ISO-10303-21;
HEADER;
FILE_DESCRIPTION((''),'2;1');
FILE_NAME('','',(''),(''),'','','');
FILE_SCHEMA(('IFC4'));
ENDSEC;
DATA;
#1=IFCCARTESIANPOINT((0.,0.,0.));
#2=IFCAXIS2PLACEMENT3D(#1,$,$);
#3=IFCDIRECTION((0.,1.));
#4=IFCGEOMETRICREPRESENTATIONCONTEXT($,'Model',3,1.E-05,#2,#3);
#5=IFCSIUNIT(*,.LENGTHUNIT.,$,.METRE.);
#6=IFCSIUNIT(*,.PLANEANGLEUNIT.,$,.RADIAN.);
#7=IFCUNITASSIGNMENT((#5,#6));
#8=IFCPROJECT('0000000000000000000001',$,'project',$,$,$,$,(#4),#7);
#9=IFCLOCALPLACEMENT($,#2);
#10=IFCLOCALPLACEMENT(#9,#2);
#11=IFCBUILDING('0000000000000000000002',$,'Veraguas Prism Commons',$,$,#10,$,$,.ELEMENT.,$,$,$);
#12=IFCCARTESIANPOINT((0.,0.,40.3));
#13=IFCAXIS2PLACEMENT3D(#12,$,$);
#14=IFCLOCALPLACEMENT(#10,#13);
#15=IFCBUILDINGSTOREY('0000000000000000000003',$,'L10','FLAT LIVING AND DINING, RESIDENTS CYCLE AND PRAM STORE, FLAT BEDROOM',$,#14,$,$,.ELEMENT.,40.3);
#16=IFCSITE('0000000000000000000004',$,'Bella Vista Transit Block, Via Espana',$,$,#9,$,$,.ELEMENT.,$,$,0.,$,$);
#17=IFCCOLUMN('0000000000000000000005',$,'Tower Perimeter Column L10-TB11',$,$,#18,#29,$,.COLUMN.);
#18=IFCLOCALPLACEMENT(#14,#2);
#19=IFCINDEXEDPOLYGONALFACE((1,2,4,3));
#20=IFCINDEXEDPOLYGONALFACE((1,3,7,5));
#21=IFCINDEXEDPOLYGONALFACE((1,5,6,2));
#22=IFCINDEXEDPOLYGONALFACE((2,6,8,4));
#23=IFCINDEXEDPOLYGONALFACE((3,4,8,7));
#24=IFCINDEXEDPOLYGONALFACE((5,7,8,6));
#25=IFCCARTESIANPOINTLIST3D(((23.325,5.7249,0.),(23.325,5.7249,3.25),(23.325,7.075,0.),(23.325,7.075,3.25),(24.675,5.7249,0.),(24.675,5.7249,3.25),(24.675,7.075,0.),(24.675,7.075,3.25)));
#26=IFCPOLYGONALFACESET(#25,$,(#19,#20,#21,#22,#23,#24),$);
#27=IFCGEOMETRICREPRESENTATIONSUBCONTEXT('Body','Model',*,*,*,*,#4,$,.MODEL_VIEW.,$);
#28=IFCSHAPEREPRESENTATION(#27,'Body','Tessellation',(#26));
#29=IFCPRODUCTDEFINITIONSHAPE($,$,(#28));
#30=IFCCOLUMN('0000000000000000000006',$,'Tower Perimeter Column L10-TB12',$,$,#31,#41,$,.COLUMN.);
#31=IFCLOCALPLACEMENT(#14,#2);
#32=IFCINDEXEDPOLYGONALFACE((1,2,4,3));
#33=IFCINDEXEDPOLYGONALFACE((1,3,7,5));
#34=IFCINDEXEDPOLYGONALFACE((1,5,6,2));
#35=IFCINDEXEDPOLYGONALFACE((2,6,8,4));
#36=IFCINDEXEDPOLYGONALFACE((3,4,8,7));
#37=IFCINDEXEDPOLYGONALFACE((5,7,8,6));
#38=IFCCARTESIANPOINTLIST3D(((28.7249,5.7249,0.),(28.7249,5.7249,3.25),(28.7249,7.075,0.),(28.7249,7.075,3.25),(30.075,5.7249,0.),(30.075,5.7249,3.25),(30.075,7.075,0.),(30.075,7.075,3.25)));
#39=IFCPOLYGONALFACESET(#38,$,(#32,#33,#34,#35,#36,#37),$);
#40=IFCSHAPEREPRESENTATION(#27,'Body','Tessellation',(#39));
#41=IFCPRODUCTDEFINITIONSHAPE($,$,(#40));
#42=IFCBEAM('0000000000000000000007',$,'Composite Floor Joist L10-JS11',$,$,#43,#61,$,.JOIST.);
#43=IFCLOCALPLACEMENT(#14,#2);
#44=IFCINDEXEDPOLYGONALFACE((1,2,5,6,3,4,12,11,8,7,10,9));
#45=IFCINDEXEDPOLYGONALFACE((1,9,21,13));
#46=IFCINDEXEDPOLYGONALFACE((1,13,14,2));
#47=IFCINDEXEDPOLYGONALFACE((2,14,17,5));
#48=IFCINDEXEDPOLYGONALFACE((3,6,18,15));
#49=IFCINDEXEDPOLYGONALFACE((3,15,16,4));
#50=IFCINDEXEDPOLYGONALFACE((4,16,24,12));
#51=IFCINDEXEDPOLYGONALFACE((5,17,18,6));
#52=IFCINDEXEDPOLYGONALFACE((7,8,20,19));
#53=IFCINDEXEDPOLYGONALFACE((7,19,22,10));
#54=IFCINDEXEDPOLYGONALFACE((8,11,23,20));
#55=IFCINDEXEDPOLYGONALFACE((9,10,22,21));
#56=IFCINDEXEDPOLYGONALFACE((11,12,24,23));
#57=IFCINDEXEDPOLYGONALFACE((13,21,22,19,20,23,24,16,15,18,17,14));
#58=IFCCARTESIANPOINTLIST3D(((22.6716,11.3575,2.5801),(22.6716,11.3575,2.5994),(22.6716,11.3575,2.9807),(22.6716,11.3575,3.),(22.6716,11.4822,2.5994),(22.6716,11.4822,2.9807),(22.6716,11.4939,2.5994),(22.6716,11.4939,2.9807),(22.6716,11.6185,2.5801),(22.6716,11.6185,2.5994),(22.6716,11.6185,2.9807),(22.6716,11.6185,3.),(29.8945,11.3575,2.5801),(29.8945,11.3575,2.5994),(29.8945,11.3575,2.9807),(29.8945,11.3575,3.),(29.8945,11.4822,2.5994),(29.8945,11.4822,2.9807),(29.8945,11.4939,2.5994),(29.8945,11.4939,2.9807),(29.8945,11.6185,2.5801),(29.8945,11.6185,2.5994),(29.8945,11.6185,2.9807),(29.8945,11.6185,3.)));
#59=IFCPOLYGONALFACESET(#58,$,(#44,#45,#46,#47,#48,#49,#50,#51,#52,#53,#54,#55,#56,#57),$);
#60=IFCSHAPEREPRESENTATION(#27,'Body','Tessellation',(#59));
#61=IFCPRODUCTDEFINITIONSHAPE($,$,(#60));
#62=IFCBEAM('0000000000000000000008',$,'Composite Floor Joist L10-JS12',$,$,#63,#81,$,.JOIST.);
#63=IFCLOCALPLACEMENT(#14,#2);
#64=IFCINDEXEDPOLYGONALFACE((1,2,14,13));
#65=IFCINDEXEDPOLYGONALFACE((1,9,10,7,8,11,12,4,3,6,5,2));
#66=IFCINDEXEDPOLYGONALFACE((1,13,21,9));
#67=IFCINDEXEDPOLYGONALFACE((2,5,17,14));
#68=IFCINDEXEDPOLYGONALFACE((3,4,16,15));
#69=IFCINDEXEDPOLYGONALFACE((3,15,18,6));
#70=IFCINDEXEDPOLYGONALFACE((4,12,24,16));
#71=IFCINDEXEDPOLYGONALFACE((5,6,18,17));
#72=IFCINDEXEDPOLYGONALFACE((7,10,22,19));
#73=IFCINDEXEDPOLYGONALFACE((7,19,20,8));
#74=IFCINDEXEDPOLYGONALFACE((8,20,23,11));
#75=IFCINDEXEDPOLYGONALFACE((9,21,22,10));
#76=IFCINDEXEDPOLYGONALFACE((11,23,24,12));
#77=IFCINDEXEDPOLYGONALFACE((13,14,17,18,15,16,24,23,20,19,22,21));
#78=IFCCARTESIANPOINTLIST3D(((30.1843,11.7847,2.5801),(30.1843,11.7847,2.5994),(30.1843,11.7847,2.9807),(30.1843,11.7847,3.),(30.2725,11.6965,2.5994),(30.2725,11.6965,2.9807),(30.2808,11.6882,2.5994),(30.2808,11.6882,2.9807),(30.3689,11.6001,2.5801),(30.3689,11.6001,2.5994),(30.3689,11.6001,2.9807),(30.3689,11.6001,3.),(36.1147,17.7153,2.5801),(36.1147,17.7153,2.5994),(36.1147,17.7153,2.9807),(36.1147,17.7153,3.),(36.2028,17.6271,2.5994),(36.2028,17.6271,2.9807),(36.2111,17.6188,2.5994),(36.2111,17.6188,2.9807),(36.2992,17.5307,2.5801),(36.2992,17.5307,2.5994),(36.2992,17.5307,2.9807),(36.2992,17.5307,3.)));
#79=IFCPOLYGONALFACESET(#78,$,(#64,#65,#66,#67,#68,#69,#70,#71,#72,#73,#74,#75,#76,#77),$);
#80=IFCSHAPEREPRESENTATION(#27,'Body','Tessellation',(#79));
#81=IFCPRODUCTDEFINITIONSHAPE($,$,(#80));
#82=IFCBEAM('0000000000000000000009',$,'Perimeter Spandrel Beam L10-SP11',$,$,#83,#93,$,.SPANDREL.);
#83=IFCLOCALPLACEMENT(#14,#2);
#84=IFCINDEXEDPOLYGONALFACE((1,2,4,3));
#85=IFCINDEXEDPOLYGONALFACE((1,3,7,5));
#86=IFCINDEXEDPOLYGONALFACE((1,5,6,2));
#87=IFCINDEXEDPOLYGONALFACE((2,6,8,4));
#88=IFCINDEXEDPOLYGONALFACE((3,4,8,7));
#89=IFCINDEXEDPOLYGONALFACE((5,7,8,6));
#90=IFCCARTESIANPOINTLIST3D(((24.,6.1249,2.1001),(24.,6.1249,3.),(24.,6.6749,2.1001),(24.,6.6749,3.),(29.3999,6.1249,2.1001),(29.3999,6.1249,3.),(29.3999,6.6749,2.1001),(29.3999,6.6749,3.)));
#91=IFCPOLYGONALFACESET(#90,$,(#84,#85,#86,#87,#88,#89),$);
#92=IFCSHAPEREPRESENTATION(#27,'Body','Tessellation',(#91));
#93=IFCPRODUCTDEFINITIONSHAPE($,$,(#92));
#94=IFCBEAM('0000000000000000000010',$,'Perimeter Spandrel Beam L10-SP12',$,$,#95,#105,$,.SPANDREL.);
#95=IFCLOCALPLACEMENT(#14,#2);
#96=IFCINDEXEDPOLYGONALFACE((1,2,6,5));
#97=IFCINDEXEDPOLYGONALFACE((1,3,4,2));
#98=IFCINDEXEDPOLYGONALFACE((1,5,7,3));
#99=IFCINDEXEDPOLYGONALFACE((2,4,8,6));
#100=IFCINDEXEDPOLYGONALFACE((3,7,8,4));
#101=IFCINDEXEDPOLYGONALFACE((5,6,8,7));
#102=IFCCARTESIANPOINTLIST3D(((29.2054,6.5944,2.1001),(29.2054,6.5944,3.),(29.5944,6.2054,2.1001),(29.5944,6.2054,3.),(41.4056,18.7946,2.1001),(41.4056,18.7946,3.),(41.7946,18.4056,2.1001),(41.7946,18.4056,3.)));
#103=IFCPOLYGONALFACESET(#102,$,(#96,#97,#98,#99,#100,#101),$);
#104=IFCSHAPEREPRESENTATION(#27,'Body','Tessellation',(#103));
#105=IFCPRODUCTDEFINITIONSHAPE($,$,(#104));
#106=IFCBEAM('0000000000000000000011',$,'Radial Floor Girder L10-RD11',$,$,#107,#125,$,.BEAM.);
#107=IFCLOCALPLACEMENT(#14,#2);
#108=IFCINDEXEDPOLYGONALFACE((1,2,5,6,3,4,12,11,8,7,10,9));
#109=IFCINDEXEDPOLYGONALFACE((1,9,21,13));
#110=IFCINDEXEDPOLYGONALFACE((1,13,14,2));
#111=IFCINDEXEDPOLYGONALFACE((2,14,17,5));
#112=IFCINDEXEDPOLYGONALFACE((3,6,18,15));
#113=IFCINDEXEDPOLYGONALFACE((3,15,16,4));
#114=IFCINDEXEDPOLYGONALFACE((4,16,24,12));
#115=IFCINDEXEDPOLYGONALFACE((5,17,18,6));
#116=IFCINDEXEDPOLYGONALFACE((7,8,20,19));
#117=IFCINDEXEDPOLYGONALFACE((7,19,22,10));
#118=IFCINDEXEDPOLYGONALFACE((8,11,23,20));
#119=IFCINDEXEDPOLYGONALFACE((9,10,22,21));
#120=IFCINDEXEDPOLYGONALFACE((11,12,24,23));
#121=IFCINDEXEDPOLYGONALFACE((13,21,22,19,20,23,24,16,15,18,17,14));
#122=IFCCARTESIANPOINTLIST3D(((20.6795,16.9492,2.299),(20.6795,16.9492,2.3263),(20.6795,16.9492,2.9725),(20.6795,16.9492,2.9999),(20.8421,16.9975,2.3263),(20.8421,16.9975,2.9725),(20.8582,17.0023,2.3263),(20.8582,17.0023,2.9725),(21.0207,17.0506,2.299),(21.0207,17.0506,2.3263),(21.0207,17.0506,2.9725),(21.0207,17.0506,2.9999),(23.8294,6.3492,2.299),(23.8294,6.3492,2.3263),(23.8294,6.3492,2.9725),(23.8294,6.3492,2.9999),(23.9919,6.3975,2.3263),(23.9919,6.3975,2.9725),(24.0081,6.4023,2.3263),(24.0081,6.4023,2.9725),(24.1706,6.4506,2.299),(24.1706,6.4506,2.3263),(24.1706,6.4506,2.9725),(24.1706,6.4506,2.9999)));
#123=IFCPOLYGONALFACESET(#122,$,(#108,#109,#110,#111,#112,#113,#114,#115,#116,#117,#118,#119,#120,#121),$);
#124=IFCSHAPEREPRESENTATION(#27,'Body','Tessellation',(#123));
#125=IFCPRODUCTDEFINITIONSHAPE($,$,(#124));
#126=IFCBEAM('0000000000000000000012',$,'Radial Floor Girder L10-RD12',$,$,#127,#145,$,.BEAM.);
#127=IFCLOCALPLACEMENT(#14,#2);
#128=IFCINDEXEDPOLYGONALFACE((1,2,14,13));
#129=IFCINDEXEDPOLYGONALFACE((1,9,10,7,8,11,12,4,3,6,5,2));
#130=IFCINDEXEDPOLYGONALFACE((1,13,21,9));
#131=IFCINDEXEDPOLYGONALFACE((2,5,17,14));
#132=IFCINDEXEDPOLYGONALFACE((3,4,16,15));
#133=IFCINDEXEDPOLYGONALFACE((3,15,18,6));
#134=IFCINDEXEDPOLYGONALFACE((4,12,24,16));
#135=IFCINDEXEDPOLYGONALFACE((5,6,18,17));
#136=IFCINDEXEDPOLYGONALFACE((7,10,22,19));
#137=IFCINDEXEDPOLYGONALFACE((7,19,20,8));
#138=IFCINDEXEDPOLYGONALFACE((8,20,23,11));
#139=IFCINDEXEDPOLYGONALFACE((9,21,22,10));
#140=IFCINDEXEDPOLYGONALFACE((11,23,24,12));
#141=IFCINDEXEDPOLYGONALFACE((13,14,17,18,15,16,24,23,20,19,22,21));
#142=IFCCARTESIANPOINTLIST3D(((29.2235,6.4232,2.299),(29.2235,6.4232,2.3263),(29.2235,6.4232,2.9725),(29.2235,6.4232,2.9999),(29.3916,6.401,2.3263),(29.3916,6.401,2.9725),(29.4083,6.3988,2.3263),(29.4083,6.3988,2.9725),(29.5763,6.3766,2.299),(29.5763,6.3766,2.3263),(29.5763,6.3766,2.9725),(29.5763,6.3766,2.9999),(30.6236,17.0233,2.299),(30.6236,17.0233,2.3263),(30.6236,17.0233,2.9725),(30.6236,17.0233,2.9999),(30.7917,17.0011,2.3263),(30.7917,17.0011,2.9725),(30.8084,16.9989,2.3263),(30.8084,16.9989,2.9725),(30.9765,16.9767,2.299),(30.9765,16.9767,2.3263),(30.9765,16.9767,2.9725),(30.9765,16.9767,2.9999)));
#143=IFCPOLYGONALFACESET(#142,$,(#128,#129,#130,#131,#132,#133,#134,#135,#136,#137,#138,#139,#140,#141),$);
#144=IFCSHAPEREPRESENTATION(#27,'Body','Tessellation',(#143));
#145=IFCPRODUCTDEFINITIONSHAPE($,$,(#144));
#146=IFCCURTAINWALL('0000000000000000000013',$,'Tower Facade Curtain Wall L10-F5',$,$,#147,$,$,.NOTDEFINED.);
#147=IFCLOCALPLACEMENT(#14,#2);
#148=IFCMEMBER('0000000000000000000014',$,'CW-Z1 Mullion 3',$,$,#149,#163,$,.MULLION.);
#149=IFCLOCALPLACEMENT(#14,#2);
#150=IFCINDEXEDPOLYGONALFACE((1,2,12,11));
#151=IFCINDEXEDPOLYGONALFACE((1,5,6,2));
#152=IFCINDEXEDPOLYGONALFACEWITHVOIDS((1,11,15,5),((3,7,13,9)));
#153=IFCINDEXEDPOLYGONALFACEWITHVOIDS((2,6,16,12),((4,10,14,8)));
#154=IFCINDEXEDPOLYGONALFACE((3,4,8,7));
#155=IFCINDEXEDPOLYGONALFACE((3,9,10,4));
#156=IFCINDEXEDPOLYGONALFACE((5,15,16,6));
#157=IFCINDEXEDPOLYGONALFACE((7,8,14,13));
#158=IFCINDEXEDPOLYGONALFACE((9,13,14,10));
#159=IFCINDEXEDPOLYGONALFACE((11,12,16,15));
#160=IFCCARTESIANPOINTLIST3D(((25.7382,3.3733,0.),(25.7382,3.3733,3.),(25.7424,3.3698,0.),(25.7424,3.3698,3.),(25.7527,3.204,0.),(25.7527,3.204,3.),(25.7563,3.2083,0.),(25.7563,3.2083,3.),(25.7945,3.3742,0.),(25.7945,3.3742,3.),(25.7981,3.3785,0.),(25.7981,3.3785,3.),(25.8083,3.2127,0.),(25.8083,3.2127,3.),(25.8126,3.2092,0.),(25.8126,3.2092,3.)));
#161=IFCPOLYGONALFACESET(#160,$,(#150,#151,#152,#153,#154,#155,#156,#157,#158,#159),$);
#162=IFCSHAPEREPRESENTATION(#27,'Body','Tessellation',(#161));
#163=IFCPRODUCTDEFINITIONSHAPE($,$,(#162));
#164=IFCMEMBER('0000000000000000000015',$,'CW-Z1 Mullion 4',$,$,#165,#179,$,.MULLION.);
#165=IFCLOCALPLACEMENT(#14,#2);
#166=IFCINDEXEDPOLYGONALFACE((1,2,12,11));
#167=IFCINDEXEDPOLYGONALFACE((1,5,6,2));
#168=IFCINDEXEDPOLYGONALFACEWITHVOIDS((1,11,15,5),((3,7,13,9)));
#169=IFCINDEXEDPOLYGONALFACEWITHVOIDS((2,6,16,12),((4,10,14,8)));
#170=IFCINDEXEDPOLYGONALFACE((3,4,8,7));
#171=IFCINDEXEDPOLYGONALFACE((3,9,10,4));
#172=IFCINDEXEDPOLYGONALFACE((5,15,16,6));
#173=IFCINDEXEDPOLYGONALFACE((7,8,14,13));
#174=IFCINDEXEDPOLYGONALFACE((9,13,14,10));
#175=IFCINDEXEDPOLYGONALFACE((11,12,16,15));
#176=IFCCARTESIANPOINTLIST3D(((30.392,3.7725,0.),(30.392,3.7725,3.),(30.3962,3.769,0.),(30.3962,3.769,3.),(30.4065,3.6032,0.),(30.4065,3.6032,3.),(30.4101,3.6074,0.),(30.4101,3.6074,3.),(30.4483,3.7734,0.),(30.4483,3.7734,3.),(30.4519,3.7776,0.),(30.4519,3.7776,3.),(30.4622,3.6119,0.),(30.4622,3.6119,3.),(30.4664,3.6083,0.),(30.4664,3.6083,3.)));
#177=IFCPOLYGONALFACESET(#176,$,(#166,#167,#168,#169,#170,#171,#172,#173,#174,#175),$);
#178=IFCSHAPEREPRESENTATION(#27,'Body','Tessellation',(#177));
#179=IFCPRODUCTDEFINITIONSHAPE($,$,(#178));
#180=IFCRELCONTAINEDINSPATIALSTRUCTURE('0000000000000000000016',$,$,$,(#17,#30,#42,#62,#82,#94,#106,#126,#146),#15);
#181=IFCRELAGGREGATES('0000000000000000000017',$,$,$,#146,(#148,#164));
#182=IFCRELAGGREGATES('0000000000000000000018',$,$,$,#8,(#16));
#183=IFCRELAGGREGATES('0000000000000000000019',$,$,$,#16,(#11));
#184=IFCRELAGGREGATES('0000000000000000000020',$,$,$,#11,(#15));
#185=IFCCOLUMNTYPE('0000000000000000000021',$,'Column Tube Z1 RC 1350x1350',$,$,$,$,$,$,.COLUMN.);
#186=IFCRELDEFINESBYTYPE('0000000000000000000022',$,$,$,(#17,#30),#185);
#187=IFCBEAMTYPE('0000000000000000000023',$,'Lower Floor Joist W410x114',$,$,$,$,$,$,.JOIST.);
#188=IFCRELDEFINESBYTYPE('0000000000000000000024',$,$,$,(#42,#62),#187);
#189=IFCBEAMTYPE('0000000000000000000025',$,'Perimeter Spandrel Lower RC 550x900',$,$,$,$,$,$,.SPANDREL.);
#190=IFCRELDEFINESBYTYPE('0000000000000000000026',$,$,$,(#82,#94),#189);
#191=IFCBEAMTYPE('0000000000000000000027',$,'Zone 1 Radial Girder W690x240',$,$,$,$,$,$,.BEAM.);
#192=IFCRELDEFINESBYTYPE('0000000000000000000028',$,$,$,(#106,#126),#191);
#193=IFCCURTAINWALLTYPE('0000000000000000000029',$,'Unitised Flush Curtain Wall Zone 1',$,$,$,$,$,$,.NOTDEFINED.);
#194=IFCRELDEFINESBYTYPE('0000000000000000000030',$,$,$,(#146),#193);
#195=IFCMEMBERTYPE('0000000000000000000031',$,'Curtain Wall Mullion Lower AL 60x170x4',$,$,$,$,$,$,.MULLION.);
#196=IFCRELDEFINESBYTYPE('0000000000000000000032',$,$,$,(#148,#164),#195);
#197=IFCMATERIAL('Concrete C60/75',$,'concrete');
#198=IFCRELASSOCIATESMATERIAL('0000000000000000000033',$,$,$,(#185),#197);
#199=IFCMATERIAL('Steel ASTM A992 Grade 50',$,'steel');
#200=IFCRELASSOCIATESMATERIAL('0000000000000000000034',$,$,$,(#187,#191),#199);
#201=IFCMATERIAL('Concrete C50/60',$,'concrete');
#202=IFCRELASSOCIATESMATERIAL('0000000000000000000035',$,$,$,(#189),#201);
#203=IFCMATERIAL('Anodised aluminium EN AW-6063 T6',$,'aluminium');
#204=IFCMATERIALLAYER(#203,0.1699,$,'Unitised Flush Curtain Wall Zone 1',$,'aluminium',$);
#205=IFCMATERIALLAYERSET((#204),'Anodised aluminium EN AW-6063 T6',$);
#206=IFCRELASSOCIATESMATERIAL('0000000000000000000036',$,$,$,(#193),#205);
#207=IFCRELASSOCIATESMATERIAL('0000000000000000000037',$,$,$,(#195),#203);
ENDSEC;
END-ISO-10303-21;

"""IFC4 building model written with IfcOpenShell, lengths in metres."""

from ifc_helpers import new_model, si_unit, direction, frame, origin, origin_2d, place, context, subcontext, project, spatial, rectangle, hollow_rectangle, i_section, extrude, source, transform, mapped, material, layer, layer_set, material_profile, profile_set, type_object, element, aggregate, save


model = new_model("IFC4")

# Units and contexts
model_context = context("Model", 3, precision=1e-05, world=origin(), true_north=direction((0.0, 1.0)))
body_context = subcontext(model_context, "Body", "Model", "MODEL_VIEW")
ifc_project = project(units=[si_unit("LENGTHUNIT", "METRE"), si_unit("PLANEANGLEUNIT", "RADIAN")], contexts=[model_context])

# Site, building, storey
site_placement = place(None, origin())
site = spatial("IfcSite", under=ifc_project, at=site_placement, Name="Bella Vista Transit Block, Via Espana", CompositionType="ELEMENT", RefElevation=0.0)
building_placement = place(site_placement, origin())
building = spatial("IfcBuilding", under=site, at=building_placement, Name="Veraguas Prism Commons", CompositionType="ELEMENT")
storey_placement = place(building_placement, frame((0.0, 0.0, 40.3)))
storey = spatial("IfcBuildingStorey", under=building, at=storey_placement, Name="L10", Description="FLAT LIVING AND DINING, RESIDENTS CYCLE AND PRAM STORE, FLAT BEDROOM", CompositionType="ELEMENT", Elevation=40.3)

# Columns
ifc_material_1 = material(Name="Concrete C60/75", Category="concrete")
ifc_material_profile_1 = material_profile(ifc_material_1, rectangle(XDim=1.3501, YDim=1.3501, at=origin_2d()), Name="RC1350X1350")
ifc_profile_set_1 = profile_set([ifc_material_profile_1], Name="Concrete C60/75")
column_type = type_object("IfcColumnType", Name="Column Tube Z1 RC 1350x1350", PredefinedType="COLUMN", material=ifc_profile_set_1)
for number, where, z_axis, x_axis, name in (
    (1, (24.0, 6.3999, 0.0), (0.0, 0.0, 1.0), (1.0, 0.0, 0.0), "Tower Perimeter Column L10-TB11"),
    (2, (29.3999, 6.3999, 0.0), (0.0, 0.0, 1.0), (1.0, 0.0, 0.0), "Tower Perimeter Column L10-TB12"),
):
    element("IfcColumn", number, at=place(storey_placement, frame(where, z_axis=z_axis, x_axis=x_axis)), inside=storey, type_object=column_type, Name=name, PredefinedType="COLUMN", context=body_context, shape_type="SweptSolid", body=[
        extrude(rectangle(XDim=1.3501, YDim=1.3501, at=origin_2d()), origin(), (0.0, 0.0, 1.0), 3.25),
    ])

# Beams
ifc_material_2 = material(Name="Steel ASTM A992 Grade 50", Category="steel")
ifc_material_profile_2 = material_profile(ifc_material_2, i_section(OverallWidth=0.261, OverallDepth=0.4199, WebThickness=0.0117, FlangeThickness=0.0193, at=origin_2d()), Name="W410X114")
ifc_profile_set_2 = profile_set([ifc_material_profile_2], Name="Steel ASTM A992 Grade 50")
beam_type_1 = type_object("IfcBeamType", Name="Lower Floor Joist W410x114", PredefinedType="JOIST", material=ifc_profile_set_2)
beam_1_placement = place(storey_placement, frame((22.6716, 11.488, 2.79), z_axis=(1.0, 0.0, 0.0), x_axis=(0.0, 1.0, 0.0)))
element("IfcBeam", 3, at=beam_1_placement, inside=storey, type_object=beam_type_1, Name="Composite Floor Joist L10-JS11", PredefinedType="JOIST", context=body_context, shape_type="SweptSolid", body=[
    extrude(i_section(OverallWidth=0.261, OverallDepth=0.4199, WebThickness=0.0117, FlangeThickness=0.0193, at=origin_2d()), origin(), (0.0, 0.0, 1.0), 7.2229),
])
beam_2_placement = place(storey_placement, frame((30.2766, 11.6924, 2.79), z_axis=(0.707092, 0.707121, 0.0), x_axis=(-0.707121, 0.707092, 0.0)))
element("IfcBeam", 4, at=beam_2_placement, inside=storey, type_object=beam_type_1, Name="Composite Floor Joist L10-JS12", PredefinedType="JOIST", context=body_context, shape_type="SweptSolid", body=[
    extrude(i_section(OverallWidth=0.261, OverallDepth=0.4199, WebThickness=0.0117, FlangeThickness=0.0193, at=origin_2d()), origin(), (0.0, 0.0, 1.0), 8.387),
])
ifc_material_3 = material(Name="Concrete C50/60", Category="concrete")
ifc_material_profile_3 = material_profile(ifc_material_3, rectangle(XDim=0.55, YDim=0.8999, at=origin_2d()), Name="RC550X900")
ifc_profile_set_3 = profile_set([ifc_material_profile_3], Name="Concrete C50/60")
beam_type_2 = type_object("IfcBeamType", Name="Perimeter Spandrel Lower RC 550x900", PredefinedType="SPANDREL", material=ifc_profile_set_3)
beam_3_placement = place(storey_placement, frame((24.0, 6.3999, 2.55), z_axis=(1.0, 0.0, 0.0), x_axis=(0.0, 1.0, 0.0)))
element("IfcBeam", 5, at=beam_3_placement, inside=storey, type_object=beam_type_2, Name="Perimeter Spandrel Beam L10-SP11", PredefinedType="SPANDREL", context=body_context, shape_type="SweptSolid", body=[
    extrude(rectangle(XDim=0.55, YDim=0.8999, at=origin_2d()), origin(), (0.0, 0.0, 1.0), 5.3999),
])
beam_4_placement = place(storey_placement, frame((29.3999, 6.3999, 2.55), z_axis=(0.707107, 0.707107, 0.0), x_axis=(-0.707107, 0.707107, 0.0)))
element("IfcBeam", 6, at=beam_4_placement, inside=storey, type_object=beam_type_2, Name="Perimeter Spandrel Beam L10-SP12", PredefinedType="SPANDREL", context=body_context, shape_type="SweptSolid", body=[
    extrude(rectangle(XDim=0.55, YDim=0.8999, at=origin_2d()), origin(), (0.0, 0.0, 1.0), 17.2537),
])
ifc_material_profile_4 = material_profile(ifc_material_2, i_section(OverallWidth=0.356, OverallDepth=0.7009, WebThickness=0.0168, FlangeThickness=0.0273, at=origin_2d()), Name="W690X240")
ifc_profile_set_4 = profile_set([ifc_material_profile_4], Name="Steel ASTM A992 Grade 50")
beam_type_3 = type_object("IfcBeamType", Name="Zone 1 Radial Girder W690x240", PredefinedType="BEAM", material=ifc_profile_set_4)
beam_5_placement = place(storey_placement, frame((24.0, 6.3999, 2.6494), z_axis=(-0.284847, 0.958573, 0.0), x_axis=(-0.958573, -0.284847, 0.0)))
element("IfcBeam", 7, at=beam_5_placement, inside=storey, type_object=beam_type_3, Name="Radial Floor Girder L10-RD11", PredefinedType="BEAM", context=body_context, shape_type="SweptSolid", body=[
    extrude(i_section(OverallWidth=0.356, OverallDepth=0.7009, WebThickness=0.0168, FlangeThickness=0.0273, at=origin_2d()), origin(), (0.0, 0.0, 1.0), 11.0581),
])
beam_6_placement = place(storey_placement, frame((29.3999, 6.3999, 2.6494), z_axis=(0.130951, 0.991389, 0.0), x_axis=(-0.991389, 0.130951, 0.0)))
element("IfcBeam", 8, at=beam_6_placement, inside=storey, type_object=beam_type_3, Name="Radial Floor Girder L10-RD12", PredefinedType="BEAM", context=body_context, shape_type="SweptSolid", body=[
    extrude(i_section(OverallWidth=0.356, OverallDepth=0.7009, WebThickness=0.0168, FlangeThickness=0.0273, at=origin_2d()), origin(), (0.0, 0.0, 1.0), 10.6921),
])

# Curtain wall, members
ifc_material_4 = material(Name="Anodised aluminium EN AW-6063 T6", Category="aluminium")
ifc_layer_1 = layer(ifc_material_4, 0.1699, Name="Unitised Flush Curtain Wall Zone 1", Category="aluminium")
ifc_layer_set_1 = layer_set([ifc_layer_1], Name="Anodised aluminium EN AW-6063 T6")
curtain_wall_type = type_object("IfcCurtainWallType", Name="Unitised Flush Curtain Wall Zone 1", PredefinedType="NOTDEFINED", material=ifc_layer_set_1)
curtain_wall_placement = place(storey_placement, origin())
curtain_wall = element("IfcCurtainWall", 9, at=curtain_wall_placement, inside=storey, type_object=curtain_wall_type, Name="Tower Facade Curtain Wall L10-F5", PredefinedType="NOTDEFINED")
ifc_material_profile_5 = material_profile(ifc_material_4, hollow_rectangle(XDim=0.0601, YDim=0.1699, WallThickness=0.0039, at=origin_2d()), Name="AL60X170X4")
ifc_profile_set_5 = profile_set([ifc_material_profile_5], Name="Anodised aluminium EN AW-6063 T6")
member_type = type_object("IfcMemberType", Name="Curtain Wall Mullion Lower AL 60x170x4", PredefinedType="MULLION", material=ifc_profile_set_5)
shared_shape_1 = source(origin(), body_context, "Body", "SweptSolid", [
    extrude(hollow_rectangle(XDim=0.0601, YDim=0.1699, WallThickness=0.0039, at=origin_2d()), origin(), (0.0, 0.0, 1.0), 3.0),
])
member_1_placement = place(storey_placement, frame((25.7754, 3.2913, 0.0), z_axis=(0.0, 0.0, 1.0), x_axis=(0.996345, 0.085417, 0.0)))
member_1 = element("IfcMember", 10, at=member_1_placement, type_object=member_type, Name="CW-Z1 Mullion 3", PredefinedType="MULLION", context=body_context, shape_type="MappedRepresentation", body=[
    mapped(shared_shape_1, transform((0.0, 0.0, 0.0), scale=1.0)),
])
member_2_placement = place(storey_placement, frame((30.4292, 3.6904, 0.0), z_axis=(0.0, 0.0, 1.0), x_axis=(0.996345, 0.085417, 0.0)))
member_2 = element("IfcMember", 11, at=member_2_placement, type_object=member_type, Name="CW-Z1 Mullion 4", PredefinedType="MULLION", context=body_context, shape_type="MappedRepresentation", body=[
    mapped(shared_shape_1, transform((0.0, 0.0, 0.0), scale=1.0)),
])
aggregate(curtain_wall, [member_1, member_2])

save(model, "model.ifc")
